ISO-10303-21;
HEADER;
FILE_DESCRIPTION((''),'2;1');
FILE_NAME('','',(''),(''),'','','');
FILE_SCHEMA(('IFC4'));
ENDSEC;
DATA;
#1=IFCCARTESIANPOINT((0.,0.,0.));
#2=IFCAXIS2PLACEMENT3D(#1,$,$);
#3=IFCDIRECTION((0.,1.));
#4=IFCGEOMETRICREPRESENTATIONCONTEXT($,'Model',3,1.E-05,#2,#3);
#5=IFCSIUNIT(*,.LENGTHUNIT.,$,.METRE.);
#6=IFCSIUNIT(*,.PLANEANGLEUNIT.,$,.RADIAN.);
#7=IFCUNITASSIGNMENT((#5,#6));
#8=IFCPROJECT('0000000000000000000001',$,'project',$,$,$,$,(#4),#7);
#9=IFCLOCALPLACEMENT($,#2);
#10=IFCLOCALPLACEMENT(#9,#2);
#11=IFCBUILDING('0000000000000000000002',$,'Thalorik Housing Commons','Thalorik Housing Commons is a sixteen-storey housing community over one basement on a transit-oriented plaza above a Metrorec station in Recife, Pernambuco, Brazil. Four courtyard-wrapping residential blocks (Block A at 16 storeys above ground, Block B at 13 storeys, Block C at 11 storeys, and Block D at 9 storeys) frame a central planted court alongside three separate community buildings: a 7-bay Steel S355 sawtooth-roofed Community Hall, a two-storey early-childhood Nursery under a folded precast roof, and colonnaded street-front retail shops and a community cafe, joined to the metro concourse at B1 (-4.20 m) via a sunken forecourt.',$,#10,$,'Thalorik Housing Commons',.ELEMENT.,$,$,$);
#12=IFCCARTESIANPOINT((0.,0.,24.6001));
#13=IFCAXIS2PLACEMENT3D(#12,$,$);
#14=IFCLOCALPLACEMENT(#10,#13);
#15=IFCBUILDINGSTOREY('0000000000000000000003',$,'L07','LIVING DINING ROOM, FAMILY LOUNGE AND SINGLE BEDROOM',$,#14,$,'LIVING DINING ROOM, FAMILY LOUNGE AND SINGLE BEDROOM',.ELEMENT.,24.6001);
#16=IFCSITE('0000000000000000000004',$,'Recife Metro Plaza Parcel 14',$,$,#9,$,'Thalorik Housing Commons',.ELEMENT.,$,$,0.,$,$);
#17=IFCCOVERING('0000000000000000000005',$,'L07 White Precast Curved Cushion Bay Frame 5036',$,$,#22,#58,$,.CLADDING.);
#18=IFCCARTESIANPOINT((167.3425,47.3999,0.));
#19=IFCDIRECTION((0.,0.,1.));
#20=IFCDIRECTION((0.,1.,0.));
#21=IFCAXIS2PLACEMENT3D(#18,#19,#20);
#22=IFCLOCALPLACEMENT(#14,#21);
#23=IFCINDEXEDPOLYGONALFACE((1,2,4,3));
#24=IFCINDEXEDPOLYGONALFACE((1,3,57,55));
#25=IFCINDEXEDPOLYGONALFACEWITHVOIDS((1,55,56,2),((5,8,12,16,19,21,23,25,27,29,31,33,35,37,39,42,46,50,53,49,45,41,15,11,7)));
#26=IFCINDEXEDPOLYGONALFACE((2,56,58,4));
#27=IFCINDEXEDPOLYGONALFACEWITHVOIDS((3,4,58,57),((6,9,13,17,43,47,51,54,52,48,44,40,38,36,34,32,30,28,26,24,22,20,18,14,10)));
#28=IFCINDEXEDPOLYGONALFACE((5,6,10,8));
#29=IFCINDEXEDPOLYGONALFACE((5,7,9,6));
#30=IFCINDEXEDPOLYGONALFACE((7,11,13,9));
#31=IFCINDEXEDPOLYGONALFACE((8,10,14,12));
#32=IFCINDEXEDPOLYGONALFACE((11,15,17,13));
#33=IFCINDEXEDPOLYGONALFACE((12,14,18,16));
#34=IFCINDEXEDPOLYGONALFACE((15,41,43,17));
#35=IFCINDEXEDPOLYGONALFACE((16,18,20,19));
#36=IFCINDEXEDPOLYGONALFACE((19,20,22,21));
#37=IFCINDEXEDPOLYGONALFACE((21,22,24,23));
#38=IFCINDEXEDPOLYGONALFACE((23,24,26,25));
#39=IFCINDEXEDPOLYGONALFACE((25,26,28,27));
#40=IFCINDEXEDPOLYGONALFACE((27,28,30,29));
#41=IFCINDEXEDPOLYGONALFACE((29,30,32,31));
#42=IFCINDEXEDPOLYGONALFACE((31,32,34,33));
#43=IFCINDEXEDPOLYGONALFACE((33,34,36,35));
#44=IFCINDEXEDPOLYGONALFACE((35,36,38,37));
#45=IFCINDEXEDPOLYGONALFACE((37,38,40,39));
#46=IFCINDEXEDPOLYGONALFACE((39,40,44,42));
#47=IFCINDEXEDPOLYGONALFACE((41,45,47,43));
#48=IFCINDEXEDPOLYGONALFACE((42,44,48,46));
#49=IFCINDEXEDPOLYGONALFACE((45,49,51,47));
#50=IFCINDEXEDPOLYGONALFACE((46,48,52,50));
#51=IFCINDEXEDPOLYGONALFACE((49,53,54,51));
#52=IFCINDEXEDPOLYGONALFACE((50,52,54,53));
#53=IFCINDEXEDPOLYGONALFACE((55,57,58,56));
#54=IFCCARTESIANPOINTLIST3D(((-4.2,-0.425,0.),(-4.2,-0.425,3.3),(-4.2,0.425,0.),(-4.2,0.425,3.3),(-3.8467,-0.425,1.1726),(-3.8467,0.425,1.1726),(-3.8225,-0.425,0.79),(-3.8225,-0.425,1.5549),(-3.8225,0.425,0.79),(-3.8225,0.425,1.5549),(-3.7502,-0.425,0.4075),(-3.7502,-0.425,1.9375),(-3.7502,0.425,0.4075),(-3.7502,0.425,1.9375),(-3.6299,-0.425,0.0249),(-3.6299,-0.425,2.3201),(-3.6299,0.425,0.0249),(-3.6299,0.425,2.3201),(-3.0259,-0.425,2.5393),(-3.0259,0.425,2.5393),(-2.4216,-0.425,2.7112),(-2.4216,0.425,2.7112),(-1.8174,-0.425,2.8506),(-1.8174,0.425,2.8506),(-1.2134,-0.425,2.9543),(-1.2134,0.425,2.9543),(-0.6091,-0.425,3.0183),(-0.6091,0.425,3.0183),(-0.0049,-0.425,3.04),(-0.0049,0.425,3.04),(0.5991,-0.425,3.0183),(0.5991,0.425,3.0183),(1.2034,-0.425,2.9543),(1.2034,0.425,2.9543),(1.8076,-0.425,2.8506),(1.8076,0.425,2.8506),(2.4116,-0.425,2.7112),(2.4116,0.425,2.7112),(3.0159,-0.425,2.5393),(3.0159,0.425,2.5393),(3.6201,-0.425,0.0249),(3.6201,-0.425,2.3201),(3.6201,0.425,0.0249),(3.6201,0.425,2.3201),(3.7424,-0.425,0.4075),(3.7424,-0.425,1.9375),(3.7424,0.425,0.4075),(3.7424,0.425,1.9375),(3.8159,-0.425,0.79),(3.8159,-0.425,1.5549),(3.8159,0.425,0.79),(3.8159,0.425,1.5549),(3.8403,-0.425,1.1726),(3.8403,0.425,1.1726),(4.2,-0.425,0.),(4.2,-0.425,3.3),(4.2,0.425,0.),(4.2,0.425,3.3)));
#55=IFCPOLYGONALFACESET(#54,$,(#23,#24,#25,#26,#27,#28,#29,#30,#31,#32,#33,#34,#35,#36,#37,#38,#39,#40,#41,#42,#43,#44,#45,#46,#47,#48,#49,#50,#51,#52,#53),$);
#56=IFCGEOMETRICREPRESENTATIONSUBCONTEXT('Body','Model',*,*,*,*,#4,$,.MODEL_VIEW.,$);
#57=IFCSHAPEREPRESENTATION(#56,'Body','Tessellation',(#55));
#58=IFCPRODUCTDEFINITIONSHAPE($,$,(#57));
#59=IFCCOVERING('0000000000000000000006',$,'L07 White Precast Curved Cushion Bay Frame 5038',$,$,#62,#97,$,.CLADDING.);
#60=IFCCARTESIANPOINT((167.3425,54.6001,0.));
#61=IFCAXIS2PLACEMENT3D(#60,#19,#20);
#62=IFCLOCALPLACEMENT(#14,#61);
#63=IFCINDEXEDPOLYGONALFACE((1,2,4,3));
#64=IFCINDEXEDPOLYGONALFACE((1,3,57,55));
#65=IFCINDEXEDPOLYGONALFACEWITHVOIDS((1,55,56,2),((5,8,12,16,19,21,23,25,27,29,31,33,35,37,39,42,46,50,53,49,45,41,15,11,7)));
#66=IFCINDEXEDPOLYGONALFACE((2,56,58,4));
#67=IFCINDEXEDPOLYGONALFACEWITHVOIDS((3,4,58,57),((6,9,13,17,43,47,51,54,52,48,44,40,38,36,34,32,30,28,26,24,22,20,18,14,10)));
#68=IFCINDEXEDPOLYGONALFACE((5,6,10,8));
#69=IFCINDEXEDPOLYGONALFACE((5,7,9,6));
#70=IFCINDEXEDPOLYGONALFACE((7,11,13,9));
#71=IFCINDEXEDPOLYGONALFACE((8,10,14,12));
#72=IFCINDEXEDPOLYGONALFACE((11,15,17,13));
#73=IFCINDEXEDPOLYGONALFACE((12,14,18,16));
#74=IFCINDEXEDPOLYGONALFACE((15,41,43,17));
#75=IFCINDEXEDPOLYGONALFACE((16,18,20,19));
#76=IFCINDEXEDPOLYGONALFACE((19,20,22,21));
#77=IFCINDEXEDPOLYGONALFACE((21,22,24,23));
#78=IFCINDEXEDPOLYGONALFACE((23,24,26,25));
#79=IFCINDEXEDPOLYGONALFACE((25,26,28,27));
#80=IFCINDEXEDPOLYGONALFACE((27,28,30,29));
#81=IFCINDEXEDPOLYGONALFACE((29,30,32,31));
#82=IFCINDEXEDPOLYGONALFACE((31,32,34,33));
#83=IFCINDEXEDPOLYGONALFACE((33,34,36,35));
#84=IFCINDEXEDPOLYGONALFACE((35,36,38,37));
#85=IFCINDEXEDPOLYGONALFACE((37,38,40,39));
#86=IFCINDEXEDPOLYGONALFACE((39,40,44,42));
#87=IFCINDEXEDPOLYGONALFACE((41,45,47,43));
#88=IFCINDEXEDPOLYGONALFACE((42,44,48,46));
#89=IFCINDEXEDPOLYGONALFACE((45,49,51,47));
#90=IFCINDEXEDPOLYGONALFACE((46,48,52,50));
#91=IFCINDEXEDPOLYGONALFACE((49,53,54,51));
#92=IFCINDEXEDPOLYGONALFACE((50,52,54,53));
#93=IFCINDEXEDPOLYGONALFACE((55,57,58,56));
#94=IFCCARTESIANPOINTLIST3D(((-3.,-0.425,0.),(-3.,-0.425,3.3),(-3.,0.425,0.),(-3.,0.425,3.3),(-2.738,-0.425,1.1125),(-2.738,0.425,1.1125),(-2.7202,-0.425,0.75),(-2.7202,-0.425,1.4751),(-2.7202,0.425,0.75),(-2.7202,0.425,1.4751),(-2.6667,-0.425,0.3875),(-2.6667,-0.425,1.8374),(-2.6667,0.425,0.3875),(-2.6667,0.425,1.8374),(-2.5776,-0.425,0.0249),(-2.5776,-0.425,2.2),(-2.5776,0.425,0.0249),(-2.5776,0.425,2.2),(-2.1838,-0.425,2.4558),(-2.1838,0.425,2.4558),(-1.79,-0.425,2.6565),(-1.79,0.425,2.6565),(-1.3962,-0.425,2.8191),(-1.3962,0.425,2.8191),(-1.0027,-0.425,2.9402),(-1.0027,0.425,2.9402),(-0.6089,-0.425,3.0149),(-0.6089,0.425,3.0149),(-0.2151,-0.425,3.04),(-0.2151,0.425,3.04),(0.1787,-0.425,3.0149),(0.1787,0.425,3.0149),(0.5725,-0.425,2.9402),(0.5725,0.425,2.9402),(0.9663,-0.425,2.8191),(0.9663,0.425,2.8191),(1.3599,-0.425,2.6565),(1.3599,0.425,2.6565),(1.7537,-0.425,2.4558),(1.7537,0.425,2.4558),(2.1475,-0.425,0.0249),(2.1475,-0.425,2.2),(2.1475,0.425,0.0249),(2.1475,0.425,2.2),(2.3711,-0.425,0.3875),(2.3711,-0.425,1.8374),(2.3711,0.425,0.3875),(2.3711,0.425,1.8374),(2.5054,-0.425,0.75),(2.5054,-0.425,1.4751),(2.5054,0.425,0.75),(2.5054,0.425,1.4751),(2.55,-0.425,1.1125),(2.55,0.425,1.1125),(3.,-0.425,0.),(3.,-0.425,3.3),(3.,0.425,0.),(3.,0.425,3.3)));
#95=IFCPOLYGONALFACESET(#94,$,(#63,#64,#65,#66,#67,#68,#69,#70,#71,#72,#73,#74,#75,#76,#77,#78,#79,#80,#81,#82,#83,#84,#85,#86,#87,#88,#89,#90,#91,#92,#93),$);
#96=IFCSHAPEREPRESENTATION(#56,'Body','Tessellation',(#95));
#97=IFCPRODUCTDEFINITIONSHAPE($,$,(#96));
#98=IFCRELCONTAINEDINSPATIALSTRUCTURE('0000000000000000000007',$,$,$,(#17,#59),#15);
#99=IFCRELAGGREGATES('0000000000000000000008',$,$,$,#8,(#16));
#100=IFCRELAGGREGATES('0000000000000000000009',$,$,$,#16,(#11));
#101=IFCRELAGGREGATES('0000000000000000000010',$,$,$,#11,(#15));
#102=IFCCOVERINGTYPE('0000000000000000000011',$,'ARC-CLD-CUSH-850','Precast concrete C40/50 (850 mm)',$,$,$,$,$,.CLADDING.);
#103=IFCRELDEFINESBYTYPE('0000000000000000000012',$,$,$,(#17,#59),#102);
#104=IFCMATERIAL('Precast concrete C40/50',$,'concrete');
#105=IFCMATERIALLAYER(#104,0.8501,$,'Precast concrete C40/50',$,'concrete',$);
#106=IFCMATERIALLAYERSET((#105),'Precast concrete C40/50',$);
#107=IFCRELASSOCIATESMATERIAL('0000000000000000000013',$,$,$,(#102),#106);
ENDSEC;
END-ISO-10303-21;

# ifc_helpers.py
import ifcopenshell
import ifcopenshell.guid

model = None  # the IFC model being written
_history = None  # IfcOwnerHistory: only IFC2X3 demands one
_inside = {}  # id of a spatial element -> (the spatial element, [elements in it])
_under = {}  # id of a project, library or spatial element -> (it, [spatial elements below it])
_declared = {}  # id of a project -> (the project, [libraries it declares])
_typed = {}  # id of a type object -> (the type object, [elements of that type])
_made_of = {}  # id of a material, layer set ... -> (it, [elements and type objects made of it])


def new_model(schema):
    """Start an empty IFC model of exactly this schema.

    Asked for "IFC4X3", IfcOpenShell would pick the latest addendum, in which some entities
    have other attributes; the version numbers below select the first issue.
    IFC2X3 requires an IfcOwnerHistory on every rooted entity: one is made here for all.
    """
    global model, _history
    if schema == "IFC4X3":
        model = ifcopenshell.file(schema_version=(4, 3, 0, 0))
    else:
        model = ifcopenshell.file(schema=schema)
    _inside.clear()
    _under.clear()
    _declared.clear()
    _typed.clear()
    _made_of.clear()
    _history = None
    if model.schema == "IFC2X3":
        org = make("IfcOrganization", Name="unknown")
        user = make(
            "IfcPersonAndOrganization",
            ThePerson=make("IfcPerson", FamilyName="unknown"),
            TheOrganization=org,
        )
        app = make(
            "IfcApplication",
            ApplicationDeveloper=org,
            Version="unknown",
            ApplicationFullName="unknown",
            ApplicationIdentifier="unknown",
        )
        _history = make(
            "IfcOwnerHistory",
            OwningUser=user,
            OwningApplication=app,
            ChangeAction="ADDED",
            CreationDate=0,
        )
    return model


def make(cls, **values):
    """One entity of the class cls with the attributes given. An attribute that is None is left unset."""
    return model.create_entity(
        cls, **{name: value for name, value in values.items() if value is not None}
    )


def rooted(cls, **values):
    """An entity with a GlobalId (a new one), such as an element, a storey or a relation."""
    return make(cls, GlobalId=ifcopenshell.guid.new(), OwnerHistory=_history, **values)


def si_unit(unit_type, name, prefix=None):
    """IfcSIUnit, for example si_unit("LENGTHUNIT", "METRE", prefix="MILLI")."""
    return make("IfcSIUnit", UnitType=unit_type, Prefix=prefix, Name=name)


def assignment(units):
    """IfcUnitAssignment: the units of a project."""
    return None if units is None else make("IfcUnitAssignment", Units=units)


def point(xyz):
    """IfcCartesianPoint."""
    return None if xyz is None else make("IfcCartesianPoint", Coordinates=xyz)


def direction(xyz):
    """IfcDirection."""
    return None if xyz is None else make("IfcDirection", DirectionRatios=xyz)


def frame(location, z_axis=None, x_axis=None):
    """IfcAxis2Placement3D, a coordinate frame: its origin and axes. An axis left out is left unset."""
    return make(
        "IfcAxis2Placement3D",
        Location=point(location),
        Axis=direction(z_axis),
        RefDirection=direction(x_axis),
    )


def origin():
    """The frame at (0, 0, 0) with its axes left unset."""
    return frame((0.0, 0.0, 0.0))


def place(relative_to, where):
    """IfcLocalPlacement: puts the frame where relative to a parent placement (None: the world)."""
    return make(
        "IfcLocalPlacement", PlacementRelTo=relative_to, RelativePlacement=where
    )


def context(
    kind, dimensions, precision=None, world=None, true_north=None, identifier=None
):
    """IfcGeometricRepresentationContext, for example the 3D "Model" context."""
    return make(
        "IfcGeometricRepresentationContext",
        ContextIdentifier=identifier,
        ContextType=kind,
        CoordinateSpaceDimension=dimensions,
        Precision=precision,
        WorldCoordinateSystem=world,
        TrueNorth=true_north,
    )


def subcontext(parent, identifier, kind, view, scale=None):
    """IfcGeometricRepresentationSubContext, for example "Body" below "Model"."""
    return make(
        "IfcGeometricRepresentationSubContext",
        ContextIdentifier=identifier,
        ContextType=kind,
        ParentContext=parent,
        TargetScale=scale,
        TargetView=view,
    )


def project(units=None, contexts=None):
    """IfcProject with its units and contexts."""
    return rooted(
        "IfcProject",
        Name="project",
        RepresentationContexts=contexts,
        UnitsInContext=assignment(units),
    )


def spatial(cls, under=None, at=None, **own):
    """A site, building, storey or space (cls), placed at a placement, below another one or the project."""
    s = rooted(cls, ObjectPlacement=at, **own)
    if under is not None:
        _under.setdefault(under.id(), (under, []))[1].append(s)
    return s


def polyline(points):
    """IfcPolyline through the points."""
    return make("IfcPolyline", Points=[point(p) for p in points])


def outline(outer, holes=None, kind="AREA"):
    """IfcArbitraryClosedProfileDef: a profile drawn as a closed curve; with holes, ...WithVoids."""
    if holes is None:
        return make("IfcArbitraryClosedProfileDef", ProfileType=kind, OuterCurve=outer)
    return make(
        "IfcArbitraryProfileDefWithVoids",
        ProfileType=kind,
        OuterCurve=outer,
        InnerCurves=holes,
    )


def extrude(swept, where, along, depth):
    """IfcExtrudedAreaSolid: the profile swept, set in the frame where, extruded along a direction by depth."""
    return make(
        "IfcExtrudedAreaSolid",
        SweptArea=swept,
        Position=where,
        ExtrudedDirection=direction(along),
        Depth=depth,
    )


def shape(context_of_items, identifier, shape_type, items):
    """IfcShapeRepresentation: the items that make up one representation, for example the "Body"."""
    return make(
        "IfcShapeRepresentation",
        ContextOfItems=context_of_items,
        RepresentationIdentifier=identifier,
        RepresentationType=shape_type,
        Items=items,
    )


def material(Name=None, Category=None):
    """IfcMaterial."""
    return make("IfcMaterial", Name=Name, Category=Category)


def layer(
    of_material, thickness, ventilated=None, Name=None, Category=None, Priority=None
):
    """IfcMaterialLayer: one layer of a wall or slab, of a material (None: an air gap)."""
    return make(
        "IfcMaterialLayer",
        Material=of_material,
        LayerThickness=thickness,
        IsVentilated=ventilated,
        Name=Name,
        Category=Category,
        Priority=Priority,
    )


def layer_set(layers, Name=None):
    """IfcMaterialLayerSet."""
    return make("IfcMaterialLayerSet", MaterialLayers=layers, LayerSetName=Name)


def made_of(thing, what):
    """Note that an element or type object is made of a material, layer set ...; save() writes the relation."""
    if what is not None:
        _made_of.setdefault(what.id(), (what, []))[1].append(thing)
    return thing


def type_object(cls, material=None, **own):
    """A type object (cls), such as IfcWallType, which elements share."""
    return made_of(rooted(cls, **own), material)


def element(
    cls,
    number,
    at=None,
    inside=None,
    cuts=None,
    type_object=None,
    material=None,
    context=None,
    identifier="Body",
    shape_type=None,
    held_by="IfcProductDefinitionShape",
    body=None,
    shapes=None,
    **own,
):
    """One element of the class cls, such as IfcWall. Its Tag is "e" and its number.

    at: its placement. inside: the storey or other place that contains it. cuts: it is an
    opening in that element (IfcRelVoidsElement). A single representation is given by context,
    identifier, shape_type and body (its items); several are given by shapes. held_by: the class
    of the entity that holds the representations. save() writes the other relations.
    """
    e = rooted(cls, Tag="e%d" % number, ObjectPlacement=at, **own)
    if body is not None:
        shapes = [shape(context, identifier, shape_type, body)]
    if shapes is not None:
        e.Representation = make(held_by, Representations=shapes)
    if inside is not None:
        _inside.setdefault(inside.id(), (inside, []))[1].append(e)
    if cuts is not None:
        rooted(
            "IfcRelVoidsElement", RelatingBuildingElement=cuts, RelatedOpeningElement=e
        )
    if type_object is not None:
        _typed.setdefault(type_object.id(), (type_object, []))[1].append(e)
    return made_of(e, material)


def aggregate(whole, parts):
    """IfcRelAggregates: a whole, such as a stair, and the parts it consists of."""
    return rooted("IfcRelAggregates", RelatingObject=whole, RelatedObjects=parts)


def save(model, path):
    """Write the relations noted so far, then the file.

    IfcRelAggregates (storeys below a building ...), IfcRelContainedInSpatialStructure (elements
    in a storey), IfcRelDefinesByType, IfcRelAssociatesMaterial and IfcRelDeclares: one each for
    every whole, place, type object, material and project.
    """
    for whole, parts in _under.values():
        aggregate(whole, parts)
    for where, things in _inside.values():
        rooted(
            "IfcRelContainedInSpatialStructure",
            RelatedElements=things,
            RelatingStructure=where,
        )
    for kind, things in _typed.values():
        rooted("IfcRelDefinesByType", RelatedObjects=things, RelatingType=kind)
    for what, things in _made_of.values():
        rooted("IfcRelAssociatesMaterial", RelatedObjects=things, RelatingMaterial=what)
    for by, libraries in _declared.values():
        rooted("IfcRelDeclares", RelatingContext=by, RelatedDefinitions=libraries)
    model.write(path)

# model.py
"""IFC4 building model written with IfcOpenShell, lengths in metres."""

from ifc_helpers import new_model, si_unit, direction, frame, origin, place, context, subcontext, project, spatial, polyline, outline, extrude, material, layer, layer_set, type_object, element, save


model = new_model("IFC4")

# Units and contexts
model_context = context("Model", 3, precision=1e-05, world=origin(), true_north=direction((0.0, 1.0)))
body_context = subcontext(model_context, "Body", "Model", "MODEL_VIEW")
ifc_project = project(units=[si_unit("LENGTHUNIT", "METRE"), si_unit("PLANEANGLEUNIT", "RADIAN")], contexts=[model_context])

# Site, building, storey
site_placement = place(None, origin())
site = spatial("IfcSite", under=ifc_project, at=site_placement, Name="Recife Metro Plaza Parcel 14", LongName="Thalorik Housing Commons", CompositionType="ELEMENT", RefElevation=0.0)
building_placement = place(site_placement, origin())
building = spatial("IfcBuilding", under=site, at=building_placement, Name="Thalorik Housing Commons", Description="Thalorik Housing Commons is a sixteen-storey housing community over one basement on a transit-oriented plaza above a Metrorec station in Recife, Pernambuco, Brazil. Four courtyard-wrapping residential blocks (Block A at 16 storeys above ground, Block B at 13 storeys, Block C at 11 storeys, and Block D at 9 storeys) frame a central planted court alongside three separate community buildings: a 7-bay Steel S355 sawtooth-roofed Community Hall, a two-storey early-childhood Nursery under a folded precast roof, and colonnaded street-front retail shops and a community cafe, joined to the metro concourse at B1 (-4.20 m) via a sunken forecourt.", LongName="Thalorik Housing Commons", CompositionType="ELEMENT")
storey_placement = place(building_placement, frame((0.0, 0.0, 24.6001)))
storey = spatial("IfcBuildingStorey", under=building, at=storey_placement, Name="L07", Description="LIVING DINING ROOM, FAMILY LOUNGE AND SINGLE BEDROOM", LongName="LIVING DINING ROOM, FAMILY LOUNGE AND SINGLE BEDROOM", CompositionType="ELEMENT", Elevation=24.6001)

# Shared definitions
ifc_material_1 = material(Name="Precast concrete C40/50", Category="concrete")

# Coverings
ifc_layer_1 = layer(ifc_material_1, 0.8501, Name="Precast concrete C40/50", Category="concrete")
ifc_layer_set_1 = layer_set([ifc_layer_1], Name="Precast concrete C40/50")
covering_type_1 = type_object("IfcCoveringType", Name="ARC-CLD-CUSH-850", Description="Precast concrete C40/50 (850 mm)", PredefinedType="CLADDING", material=ifc_layer_set_1)
covering_1_placement = place(storey_placement, frame((167.3425, 47.3999, 0.0), z_axis=(0.0, 0.0, 1.0), x_axis=(0.0, 1.0, 0.0)))
element("IfcCovering", 1, at=covering_1_placement, inside=storey, type_object=covering_type_1, Name="L07 White Precast Curved Cushion Bay Frame 5036", PredefinedType="CLADDING", context=body_context, shape_type="SweptSolid", body=[
    extrude(outline(polyline([(-4.2, 0.0), (4.2, 0.0), (4.2, 3.3), (-4.2, 3.3), (-4.2, 0.0)]), holes=[polyline([(3.6201, 0.0249), (3.7424, 0.4075), (3.8159, 0.79), (3.8403, 1.1726), (3.8159, 1.5549), (3.7424, 1.9375), (3.6201, 2.3201), (3.0159, 2.5393), (2.4116, 2.7112), (1.8076, 2.8506), (1.2034, 2.9543), (0.5991, 3.0183), (-0.0049, 3.04), (-0.6091, 3.0183), (-1.2134, 2.9543), (-1.8174, 2.8506), (-2.4216, 2.7112), (-3.0259, 2.5393), (-3.6299, 2.3201), (-3.7502, 1.9375), (-3.8225, 1.5549), (-3.8467, 1.1726), (-3.8225, 0.79), (-3.7502, 0.4075), (-3.6299, 0.0249), (3.6201, 0.0249)])]), frame((0.0, 0.425, 0.0), z_axis=(0.0, -1.0, 0.0), x_axis=(1.0, 0.0, 0.0)), (0.0, 0.0, 1.0), 0.8501),
])
covering_2_placement = place(storey_placement, frame((167.3425, 54.6001, 0.0), z_axis=(0.0, 0.0, 1.0), x_axis=(0.0, 1.0, 0.0)))
element("IfcCovering", 2, at=covering_2_placement, inside=storey, type_object=covering_type_1, Name="L07 White Precast Curved Cushion Bay Frame 5038", PredefinedType="CLADDING", context=body_context, shape_type="SweptSolid", body=[
    extrude(outline(polyline([(-3.0, 0.0), (3.0, 0.0), (3.0, 3.3), (-3.0, 3.3), (-3.0, 0.0)]), holes=[polyline([(2.1475, 0.0249), (2.3711, 0.3875), (2.5054, 0.75), (2.55, 1.1125), (2.5054, 1.4751), (2.3711, 1.8374), (2.1475, 2.2), (1.7537, 2.4558), (1.3599, 2.6565), (0.9663, 2.8191), (0.5725, 2.9402), (0.1787, 3.0149), (-0.2151, 3.04), (-0.6089, 3.0149), (-1.0027, 2.9402), (-1.3962, 2.8191), (-1.79, 2.6565), (-2.1838, 2.4558), (-2.5776, 2.2), (-2.6667, 1.8374), (-2.7202, 1.4751), (-2.738, 1.1125), (-2.7202, 0.75), (-2.6667, 0.3875), (-2.5776, 0.0249), (2.1475, 0.0249)])]), frame((0.0, 0.425, 0.0), z_axis=(0.0, -1.0, 0.0), x_axis=(1.0, 0.0, 0.0)), (0.0, 0.0, 1.0), 0.8501),
])

save(model, "model.ifc")
